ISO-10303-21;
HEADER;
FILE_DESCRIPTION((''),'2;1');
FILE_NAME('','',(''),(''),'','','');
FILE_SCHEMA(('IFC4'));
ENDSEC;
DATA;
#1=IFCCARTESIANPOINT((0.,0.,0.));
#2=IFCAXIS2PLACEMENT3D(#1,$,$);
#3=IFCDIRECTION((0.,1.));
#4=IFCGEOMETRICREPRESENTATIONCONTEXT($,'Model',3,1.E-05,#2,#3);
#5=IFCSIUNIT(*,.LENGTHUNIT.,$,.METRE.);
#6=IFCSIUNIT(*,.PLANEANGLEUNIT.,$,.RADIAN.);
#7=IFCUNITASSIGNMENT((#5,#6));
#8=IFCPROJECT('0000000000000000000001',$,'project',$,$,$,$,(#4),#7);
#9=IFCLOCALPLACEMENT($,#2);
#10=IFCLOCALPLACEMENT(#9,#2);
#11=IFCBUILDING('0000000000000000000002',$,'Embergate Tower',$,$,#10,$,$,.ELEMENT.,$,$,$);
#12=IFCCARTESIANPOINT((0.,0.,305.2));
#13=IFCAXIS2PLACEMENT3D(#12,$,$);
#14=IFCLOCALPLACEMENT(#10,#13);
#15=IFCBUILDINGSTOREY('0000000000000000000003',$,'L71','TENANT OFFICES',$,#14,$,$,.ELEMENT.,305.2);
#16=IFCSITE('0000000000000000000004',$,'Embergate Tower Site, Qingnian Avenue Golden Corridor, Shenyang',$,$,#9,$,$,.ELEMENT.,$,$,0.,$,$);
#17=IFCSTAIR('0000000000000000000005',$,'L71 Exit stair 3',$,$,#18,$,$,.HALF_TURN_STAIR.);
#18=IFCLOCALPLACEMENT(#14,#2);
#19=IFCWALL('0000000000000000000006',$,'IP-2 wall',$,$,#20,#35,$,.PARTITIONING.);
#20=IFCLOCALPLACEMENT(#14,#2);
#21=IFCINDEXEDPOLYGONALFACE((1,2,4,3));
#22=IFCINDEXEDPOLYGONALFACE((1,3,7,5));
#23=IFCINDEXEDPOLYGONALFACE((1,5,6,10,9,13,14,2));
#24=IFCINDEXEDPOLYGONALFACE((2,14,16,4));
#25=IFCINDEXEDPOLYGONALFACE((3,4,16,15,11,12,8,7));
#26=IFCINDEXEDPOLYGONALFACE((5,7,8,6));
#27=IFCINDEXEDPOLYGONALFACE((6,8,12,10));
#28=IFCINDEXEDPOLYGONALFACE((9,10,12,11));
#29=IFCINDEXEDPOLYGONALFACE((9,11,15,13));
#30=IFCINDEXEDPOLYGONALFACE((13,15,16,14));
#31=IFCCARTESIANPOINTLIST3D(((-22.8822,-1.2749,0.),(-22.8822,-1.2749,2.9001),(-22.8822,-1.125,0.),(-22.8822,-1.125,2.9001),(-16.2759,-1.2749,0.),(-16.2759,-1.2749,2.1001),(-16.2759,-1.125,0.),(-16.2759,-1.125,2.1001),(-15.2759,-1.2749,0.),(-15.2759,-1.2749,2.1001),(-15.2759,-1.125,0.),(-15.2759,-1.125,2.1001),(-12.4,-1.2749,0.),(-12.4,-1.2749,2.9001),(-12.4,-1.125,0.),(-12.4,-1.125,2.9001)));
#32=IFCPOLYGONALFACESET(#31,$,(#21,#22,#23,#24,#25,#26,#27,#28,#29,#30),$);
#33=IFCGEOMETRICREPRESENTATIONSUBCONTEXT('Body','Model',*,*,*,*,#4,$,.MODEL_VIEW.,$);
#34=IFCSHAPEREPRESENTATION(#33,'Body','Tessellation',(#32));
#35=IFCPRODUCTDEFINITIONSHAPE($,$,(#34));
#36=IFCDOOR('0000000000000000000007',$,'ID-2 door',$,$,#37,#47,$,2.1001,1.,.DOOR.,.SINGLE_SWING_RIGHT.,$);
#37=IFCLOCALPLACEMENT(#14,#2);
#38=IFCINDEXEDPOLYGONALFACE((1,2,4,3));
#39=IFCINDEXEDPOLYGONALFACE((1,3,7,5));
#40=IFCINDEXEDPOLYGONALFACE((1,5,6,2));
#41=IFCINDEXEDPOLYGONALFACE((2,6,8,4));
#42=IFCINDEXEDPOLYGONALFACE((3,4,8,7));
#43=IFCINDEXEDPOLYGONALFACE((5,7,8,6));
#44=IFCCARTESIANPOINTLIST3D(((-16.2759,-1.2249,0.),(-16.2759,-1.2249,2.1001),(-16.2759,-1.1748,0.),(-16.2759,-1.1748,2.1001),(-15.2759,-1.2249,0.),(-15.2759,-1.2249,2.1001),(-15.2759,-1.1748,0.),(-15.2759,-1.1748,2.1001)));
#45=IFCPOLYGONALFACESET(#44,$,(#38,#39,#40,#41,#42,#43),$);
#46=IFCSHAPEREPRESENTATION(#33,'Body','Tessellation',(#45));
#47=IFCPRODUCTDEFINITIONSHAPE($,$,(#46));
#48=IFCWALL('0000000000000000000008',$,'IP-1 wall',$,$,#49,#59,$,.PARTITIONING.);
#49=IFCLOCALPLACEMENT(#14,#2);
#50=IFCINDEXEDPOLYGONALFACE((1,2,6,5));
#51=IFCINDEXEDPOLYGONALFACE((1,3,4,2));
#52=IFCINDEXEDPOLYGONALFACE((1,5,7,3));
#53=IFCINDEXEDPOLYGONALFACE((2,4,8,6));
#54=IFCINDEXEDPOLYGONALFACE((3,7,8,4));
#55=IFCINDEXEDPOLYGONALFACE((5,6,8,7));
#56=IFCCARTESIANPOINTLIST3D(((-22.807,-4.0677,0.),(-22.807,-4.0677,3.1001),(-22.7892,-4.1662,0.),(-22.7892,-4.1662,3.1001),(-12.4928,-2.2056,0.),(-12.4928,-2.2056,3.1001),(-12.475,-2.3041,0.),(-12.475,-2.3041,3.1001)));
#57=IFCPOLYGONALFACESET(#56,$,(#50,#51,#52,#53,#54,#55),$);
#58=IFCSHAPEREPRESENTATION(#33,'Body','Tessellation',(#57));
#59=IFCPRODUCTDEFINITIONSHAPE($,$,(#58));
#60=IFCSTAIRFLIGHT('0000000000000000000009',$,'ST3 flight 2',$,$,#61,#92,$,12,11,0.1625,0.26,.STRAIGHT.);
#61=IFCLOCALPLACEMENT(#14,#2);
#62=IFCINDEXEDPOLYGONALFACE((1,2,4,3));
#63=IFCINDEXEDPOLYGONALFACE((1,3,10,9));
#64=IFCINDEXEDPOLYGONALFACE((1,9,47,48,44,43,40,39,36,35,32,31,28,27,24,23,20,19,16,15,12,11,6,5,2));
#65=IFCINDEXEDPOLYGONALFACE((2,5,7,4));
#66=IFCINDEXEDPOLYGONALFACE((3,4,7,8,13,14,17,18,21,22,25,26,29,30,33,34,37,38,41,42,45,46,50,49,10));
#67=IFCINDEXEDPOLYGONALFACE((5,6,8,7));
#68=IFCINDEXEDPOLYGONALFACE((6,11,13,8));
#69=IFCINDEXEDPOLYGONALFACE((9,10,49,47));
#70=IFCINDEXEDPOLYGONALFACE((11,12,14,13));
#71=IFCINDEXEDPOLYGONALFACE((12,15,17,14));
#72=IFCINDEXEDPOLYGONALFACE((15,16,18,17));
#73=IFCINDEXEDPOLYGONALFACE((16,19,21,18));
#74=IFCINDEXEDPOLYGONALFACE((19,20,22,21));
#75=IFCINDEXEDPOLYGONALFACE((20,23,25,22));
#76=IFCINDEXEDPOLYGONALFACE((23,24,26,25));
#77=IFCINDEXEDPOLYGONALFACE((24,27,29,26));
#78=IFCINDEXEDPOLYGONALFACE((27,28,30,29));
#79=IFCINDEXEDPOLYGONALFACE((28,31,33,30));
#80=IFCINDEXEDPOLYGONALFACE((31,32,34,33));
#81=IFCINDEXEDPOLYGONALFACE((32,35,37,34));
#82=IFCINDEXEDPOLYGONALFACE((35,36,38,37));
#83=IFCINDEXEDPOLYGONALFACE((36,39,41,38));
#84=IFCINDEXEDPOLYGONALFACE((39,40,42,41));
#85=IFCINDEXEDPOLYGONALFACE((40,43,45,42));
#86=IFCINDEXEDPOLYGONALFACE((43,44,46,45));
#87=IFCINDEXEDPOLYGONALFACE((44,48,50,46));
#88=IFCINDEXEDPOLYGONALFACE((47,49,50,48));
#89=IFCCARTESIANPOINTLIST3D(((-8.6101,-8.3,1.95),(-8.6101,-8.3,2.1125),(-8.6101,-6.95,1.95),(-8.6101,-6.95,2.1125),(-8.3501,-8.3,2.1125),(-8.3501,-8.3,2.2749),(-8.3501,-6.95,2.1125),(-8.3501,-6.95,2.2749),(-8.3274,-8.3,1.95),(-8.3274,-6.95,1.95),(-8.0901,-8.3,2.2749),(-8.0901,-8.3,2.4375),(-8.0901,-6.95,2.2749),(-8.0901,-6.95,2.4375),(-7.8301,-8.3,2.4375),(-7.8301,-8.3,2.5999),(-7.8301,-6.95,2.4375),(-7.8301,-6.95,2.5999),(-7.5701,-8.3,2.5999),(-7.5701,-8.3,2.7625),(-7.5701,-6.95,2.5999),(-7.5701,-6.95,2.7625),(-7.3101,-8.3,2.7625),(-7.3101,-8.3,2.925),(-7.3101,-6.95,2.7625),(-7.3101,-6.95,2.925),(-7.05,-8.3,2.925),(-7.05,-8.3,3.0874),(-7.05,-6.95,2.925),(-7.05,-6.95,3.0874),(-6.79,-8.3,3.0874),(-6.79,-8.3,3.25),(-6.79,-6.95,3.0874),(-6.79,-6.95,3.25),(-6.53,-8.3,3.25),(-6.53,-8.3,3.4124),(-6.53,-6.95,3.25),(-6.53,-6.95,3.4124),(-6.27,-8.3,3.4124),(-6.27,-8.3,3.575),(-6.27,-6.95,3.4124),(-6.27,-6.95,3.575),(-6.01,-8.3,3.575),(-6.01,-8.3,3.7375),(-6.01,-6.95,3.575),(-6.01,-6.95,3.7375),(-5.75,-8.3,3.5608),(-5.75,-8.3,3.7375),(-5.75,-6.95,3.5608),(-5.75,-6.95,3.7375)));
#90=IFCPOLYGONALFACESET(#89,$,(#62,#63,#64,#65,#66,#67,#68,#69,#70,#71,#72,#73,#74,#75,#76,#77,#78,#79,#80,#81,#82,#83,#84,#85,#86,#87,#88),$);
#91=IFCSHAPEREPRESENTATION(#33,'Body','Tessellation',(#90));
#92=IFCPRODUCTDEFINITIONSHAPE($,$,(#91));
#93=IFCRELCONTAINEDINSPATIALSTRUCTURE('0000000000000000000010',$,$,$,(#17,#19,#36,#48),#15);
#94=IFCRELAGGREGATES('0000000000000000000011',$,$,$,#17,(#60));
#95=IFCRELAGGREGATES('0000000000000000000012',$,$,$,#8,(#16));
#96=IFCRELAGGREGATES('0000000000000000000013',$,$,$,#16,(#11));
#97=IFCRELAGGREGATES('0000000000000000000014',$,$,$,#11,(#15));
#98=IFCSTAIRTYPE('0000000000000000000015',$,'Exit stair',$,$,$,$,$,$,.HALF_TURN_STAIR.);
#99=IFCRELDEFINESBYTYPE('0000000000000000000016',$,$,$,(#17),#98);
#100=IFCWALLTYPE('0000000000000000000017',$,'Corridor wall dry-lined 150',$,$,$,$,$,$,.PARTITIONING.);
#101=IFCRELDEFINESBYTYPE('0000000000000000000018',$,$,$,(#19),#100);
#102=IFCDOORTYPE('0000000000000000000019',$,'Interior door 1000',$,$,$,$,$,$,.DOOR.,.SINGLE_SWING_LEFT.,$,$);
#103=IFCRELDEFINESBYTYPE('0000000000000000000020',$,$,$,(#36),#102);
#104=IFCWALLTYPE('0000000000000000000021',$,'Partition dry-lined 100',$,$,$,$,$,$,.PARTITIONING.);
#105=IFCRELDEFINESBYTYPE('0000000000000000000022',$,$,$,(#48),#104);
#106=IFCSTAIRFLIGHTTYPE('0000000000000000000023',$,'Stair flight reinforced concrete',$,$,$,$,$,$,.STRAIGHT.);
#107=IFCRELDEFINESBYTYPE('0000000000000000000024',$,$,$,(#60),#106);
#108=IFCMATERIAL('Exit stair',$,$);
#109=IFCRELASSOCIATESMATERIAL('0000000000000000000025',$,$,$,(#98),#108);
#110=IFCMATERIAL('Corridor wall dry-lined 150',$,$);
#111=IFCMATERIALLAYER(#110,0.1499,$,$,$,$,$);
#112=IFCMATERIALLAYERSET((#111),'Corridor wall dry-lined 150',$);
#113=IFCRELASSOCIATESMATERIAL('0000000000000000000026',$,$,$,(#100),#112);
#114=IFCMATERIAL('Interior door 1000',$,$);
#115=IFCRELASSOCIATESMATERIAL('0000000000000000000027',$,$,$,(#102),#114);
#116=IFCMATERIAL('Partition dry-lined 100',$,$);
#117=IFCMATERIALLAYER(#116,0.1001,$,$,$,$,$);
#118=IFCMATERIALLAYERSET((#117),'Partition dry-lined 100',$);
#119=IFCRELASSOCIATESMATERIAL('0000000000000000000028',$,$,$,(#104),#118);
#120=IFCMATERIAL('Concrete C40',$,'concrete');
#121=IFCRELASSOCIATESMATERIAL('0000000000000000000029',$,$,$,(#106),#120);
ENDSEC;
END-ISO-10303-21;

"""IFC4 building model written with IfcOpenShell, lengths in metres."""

from ifc_helpers import new_model, si_unit, direction, frame, frame_2d, origin, place, context, subcontext, project, spatial, polyline, rectangle, outline, extrude, source, transform, mapped, material, layer, layer_set, type_object, element, fill, aggregate, save


model = new_model("IFC4")

# Units and contexts
model_context = context("Model", 3, precision=1e-05, world=origin(), true_north=direction((0.0, 1.0)))
body_context = subcontext(model_context, "Body", "Model", "MODEL_VIEW")
ifc_project = project(units=[si_unit("LENGTHUNIT", "METRE"), si_unit("PLANEANGLEUNIT", "RADIAN")], contexts=[model_context])

# Site, building, storey
site_placement = place(None, origin())
site = spatial("IfcSite", under=ifc_project, at=site_placement, Name="Embergate Tower Site, Qingnian Avenue Golden Corridor, Shenyang", CompositionType="ELEMENT", RefElevation=0.0)
building_placement = place(site_placement, origin())
building = spatial("IfcBuilding", under=site, at=building_placement, Name="Embergate Tower", CompositionType="ELEMENT")
storey_placement = place(building_placement, frame((0.0, 0.0, 305.2)))
storey = spatial("IfcBuildingStorey", under=building, at=storey_placement, Name="L71", Description="TENANT OFFICES", CompositionType="ELEMENT", Elevation=305.2)

# Stair
ifc_material_1 = material(Name="Exit stair")
stair_type = type_object("IfcStairType", Name="Exit stair", PredefinedType="HALF_TURN_STAIR", material=ifc_material_1)
stair_placement = place(storey_placement, origin())
stair = element("IfcStair", 1, at=stair_placement, inside=storey, type_object=stair_type, Name="L71 Exit stair 3", PredefinedType="HALF_TURN_STAIR")
ifc_material_2 = material(Name="Concrete C40", Category="concrete")

# Shared definitions
ifc_material_3 = material(Name="Corridor wall dry-lined 150")
ifc_layer_1 = layer(ifc_material_3, 0.1499)
ifc_layer_set_1 = layer_set([ifc_layer_1], Name="Corridor wall dry-lined 150")
wall_type_1 = type_object("IfcWallType", Name="Corridor wall dry-lined 150", PredefinedType="PARTITIONING", material=ifc_layer_set_1)

# Wall, opening, door
shared_shape_1 = source(origin(), body_context, "Body", "SweptSolid", [
    extrude(rectangle(XDim=10.4822, YDim=0.1499, at=frame_2d((5.2412, 0.0))), origin(), (0.0, 0.0, 1.0), 2.9001),
])
wall_1_placement = place(storey_placement, frame((-12.3999, -1.2, 0.0), z_axis=(0.0, 0.0, 1.0), x_axis=(-1.0, 0.0, 0.0)))
wall_1 = element("IfcWall", 2, at=wall_1_placement, inside=storey, type_object=wall_type_1, Name="IP-2 wall", PredefinedType="PARTITIONING", context=body_context, shape_type="MappedRepresentation", body=[
    mapped(shared_shape_1, transform((0.0, 0.0, 0.0))),
])
shared_shape_2 = source(origin(), body_context, "Body", "SweptSolid", [
    extrude(rectangle(XDim=1.0, YDim=2.1001, at=frame_2d((0.5, 1.05))), frame((0.0, 0.085, 0.0), z_axis=(0.0, -1.0, 0.0), x_axis=(1.0, 0.0, 0.0)), (0.0, 0.0, 1.0), 0.1699),
])
opening_1_placement = place(wall_1_placement, frame((2.876, 0.0, 0.0)))
opening_1 = element("IfcOpeningElement", 3, at=opening_1_placement, cuts=wall_1, PredefinedType="OPENING", context=body_context, shape_type="MappedRepresentation", body=[
    mapped(shared_shape_2, transform((0.0, 0.0, 0.0))),
])
ifc_material_4 = material(Name="Interior door 1000")
door_type_1 = type_object("IfcDoorType", Name="Interior door 1000", OperationType="SINGLE_SWING_LEFT", PredefinedType="DOOR", material=ifc_material_4)
shared_shape_3 = source(origin(), body_context, "Body", "SweptSolid", [
    extrude(rectangle(XDim=1.0, YDim=2.1001, at=frame_2d((0.5, 1.05))), frame((0.0, 0.0249, 0.0), z_axis=(0.0, -1.0, 0.0), x_axis=(1.0, 0.0, 0.0)), (0.0, 0.0, 1.0), 0.05),
])
door_1_placement = place(opening_1_placement, origin())
door_1 = element("IfcDoor", 4, at=door_1_placement, inside=storey, type_object=door_type_1, Name="ID-2 door", OperationType="SINGLE_SWING_RIGHT", OverallHeight=2.1001, OverallWidth=1.0, PredefinedType="DOOR", context=body_context, shape_type="MappedRepresentation", body=[
    mapped(shared_shape_3, transform((0.0, 0.0, 0.0))),
])
fill(opening_1, door_1)

# Wall
ifc_material_5 = material(Name="Partition dry-lined 100")
ifc_layer_2 = layer(ifc_material_5, 0.1001)
ifc_layer_set_2 = layer_set([ifc_layer_2], Name="Partition dry-lined 100")
wall_type_2 = type_object("IfcWallType", Name="Partition dry-lined 100", PredefinedType="PARTITIONING", material=ifc_layer_set_2)
shared_shape_4 = source(origin(), body_context, "Body", "SweptSolid", [
    extrude(rectangle(XDim=10.481, YDim=0.1001, at=frame_2d((5.2405, 0.0))), origin(), (0.0, 0.0, 1.0), 3.1001),
])
wall_2_placement = place(storey_placement, frame((-12.4839, -2.2549, 0.0), z_axis=(0.0, 0.0, 1.0), x_axis=(-0.984092, -0.177662, 0.0)))
element("IfcWall", 5, at=wall_2_placement, inside=storey, type_object=wall_type_2, Name="IP-1 wall", PredefinedType="PARTITIONING", context=body_context, shape_type="MappedRepresentation", body=[
    mapped(shared_shape_4, transform((0.0, 0.0, 0.0))),
])

# Stair flight
stair_flight_type = type_object("IfcStairFlightType", Name="Stair flight reinforced concrete", PredefinedType="STRAIGHT", material=ifc_material_2)
shared_shape_5 = source(origin(), body_context, "Body", "SweptSolid", [
    extrude(outline(polyline([(0.0, 0.0), (0.0, 0.1626), (0.26, 0.1626), (0.26, 0.325), (0.52, 0.325), (0.52, 0.4875), (0.78, 0.4875), (0.78, 0.6499), (1.04, 0.6499), (1.04, 0.8125), (1.3, 0.8125), (1.3, 0.9751), (1.5601, 0.9751), (1.5601, 1.1375), (1.8201, 1.1375), (1.8201, 1.3), (2.0801, 1.3), (2.0801, 1.4624), (2.3401, 1.4624), (2.3401, 1.625), (2.6001, 1.625), (2.6001, 1.7876), (2.8601, 1.7876), (2.8601, 1.95), (2.8601, 1.6108), (0.2827, 0.0), (0.0, 0.0)])), frame((0.0, 0.675, 0.0), z_axis=(0.0, -1.0, 0.0), x_axis=(1.0, 0.0, 0.0)), (0.0, 0.0, 1.0), 1.3501),
])
stair_flight_placement = place(storey_placement, frame((-8.6101, -7.625, 1.95), z_axis=(0.0, 0.0, 1.0), x_axis=(1.0, 0.0, 0.0)))
stair_flight = element("IfcStairFlight", 6, at=stair_flight_placement, type_object=stair_flight_type, Name="ST3 flight 2", NumberOfRisers=12, NumberOfTreads=11, PredefinedType="STRAIGHT", RiserHeight=0.1625, TreadLength=0.26, context=body_context, shape_type="MappedRepresentation", body=[
    mapped(shared_shape_5, transform((0.0, 0.0, 0.0))),
])
aggregate(stair, [stair_flight])

save(model, "model.ifc")
